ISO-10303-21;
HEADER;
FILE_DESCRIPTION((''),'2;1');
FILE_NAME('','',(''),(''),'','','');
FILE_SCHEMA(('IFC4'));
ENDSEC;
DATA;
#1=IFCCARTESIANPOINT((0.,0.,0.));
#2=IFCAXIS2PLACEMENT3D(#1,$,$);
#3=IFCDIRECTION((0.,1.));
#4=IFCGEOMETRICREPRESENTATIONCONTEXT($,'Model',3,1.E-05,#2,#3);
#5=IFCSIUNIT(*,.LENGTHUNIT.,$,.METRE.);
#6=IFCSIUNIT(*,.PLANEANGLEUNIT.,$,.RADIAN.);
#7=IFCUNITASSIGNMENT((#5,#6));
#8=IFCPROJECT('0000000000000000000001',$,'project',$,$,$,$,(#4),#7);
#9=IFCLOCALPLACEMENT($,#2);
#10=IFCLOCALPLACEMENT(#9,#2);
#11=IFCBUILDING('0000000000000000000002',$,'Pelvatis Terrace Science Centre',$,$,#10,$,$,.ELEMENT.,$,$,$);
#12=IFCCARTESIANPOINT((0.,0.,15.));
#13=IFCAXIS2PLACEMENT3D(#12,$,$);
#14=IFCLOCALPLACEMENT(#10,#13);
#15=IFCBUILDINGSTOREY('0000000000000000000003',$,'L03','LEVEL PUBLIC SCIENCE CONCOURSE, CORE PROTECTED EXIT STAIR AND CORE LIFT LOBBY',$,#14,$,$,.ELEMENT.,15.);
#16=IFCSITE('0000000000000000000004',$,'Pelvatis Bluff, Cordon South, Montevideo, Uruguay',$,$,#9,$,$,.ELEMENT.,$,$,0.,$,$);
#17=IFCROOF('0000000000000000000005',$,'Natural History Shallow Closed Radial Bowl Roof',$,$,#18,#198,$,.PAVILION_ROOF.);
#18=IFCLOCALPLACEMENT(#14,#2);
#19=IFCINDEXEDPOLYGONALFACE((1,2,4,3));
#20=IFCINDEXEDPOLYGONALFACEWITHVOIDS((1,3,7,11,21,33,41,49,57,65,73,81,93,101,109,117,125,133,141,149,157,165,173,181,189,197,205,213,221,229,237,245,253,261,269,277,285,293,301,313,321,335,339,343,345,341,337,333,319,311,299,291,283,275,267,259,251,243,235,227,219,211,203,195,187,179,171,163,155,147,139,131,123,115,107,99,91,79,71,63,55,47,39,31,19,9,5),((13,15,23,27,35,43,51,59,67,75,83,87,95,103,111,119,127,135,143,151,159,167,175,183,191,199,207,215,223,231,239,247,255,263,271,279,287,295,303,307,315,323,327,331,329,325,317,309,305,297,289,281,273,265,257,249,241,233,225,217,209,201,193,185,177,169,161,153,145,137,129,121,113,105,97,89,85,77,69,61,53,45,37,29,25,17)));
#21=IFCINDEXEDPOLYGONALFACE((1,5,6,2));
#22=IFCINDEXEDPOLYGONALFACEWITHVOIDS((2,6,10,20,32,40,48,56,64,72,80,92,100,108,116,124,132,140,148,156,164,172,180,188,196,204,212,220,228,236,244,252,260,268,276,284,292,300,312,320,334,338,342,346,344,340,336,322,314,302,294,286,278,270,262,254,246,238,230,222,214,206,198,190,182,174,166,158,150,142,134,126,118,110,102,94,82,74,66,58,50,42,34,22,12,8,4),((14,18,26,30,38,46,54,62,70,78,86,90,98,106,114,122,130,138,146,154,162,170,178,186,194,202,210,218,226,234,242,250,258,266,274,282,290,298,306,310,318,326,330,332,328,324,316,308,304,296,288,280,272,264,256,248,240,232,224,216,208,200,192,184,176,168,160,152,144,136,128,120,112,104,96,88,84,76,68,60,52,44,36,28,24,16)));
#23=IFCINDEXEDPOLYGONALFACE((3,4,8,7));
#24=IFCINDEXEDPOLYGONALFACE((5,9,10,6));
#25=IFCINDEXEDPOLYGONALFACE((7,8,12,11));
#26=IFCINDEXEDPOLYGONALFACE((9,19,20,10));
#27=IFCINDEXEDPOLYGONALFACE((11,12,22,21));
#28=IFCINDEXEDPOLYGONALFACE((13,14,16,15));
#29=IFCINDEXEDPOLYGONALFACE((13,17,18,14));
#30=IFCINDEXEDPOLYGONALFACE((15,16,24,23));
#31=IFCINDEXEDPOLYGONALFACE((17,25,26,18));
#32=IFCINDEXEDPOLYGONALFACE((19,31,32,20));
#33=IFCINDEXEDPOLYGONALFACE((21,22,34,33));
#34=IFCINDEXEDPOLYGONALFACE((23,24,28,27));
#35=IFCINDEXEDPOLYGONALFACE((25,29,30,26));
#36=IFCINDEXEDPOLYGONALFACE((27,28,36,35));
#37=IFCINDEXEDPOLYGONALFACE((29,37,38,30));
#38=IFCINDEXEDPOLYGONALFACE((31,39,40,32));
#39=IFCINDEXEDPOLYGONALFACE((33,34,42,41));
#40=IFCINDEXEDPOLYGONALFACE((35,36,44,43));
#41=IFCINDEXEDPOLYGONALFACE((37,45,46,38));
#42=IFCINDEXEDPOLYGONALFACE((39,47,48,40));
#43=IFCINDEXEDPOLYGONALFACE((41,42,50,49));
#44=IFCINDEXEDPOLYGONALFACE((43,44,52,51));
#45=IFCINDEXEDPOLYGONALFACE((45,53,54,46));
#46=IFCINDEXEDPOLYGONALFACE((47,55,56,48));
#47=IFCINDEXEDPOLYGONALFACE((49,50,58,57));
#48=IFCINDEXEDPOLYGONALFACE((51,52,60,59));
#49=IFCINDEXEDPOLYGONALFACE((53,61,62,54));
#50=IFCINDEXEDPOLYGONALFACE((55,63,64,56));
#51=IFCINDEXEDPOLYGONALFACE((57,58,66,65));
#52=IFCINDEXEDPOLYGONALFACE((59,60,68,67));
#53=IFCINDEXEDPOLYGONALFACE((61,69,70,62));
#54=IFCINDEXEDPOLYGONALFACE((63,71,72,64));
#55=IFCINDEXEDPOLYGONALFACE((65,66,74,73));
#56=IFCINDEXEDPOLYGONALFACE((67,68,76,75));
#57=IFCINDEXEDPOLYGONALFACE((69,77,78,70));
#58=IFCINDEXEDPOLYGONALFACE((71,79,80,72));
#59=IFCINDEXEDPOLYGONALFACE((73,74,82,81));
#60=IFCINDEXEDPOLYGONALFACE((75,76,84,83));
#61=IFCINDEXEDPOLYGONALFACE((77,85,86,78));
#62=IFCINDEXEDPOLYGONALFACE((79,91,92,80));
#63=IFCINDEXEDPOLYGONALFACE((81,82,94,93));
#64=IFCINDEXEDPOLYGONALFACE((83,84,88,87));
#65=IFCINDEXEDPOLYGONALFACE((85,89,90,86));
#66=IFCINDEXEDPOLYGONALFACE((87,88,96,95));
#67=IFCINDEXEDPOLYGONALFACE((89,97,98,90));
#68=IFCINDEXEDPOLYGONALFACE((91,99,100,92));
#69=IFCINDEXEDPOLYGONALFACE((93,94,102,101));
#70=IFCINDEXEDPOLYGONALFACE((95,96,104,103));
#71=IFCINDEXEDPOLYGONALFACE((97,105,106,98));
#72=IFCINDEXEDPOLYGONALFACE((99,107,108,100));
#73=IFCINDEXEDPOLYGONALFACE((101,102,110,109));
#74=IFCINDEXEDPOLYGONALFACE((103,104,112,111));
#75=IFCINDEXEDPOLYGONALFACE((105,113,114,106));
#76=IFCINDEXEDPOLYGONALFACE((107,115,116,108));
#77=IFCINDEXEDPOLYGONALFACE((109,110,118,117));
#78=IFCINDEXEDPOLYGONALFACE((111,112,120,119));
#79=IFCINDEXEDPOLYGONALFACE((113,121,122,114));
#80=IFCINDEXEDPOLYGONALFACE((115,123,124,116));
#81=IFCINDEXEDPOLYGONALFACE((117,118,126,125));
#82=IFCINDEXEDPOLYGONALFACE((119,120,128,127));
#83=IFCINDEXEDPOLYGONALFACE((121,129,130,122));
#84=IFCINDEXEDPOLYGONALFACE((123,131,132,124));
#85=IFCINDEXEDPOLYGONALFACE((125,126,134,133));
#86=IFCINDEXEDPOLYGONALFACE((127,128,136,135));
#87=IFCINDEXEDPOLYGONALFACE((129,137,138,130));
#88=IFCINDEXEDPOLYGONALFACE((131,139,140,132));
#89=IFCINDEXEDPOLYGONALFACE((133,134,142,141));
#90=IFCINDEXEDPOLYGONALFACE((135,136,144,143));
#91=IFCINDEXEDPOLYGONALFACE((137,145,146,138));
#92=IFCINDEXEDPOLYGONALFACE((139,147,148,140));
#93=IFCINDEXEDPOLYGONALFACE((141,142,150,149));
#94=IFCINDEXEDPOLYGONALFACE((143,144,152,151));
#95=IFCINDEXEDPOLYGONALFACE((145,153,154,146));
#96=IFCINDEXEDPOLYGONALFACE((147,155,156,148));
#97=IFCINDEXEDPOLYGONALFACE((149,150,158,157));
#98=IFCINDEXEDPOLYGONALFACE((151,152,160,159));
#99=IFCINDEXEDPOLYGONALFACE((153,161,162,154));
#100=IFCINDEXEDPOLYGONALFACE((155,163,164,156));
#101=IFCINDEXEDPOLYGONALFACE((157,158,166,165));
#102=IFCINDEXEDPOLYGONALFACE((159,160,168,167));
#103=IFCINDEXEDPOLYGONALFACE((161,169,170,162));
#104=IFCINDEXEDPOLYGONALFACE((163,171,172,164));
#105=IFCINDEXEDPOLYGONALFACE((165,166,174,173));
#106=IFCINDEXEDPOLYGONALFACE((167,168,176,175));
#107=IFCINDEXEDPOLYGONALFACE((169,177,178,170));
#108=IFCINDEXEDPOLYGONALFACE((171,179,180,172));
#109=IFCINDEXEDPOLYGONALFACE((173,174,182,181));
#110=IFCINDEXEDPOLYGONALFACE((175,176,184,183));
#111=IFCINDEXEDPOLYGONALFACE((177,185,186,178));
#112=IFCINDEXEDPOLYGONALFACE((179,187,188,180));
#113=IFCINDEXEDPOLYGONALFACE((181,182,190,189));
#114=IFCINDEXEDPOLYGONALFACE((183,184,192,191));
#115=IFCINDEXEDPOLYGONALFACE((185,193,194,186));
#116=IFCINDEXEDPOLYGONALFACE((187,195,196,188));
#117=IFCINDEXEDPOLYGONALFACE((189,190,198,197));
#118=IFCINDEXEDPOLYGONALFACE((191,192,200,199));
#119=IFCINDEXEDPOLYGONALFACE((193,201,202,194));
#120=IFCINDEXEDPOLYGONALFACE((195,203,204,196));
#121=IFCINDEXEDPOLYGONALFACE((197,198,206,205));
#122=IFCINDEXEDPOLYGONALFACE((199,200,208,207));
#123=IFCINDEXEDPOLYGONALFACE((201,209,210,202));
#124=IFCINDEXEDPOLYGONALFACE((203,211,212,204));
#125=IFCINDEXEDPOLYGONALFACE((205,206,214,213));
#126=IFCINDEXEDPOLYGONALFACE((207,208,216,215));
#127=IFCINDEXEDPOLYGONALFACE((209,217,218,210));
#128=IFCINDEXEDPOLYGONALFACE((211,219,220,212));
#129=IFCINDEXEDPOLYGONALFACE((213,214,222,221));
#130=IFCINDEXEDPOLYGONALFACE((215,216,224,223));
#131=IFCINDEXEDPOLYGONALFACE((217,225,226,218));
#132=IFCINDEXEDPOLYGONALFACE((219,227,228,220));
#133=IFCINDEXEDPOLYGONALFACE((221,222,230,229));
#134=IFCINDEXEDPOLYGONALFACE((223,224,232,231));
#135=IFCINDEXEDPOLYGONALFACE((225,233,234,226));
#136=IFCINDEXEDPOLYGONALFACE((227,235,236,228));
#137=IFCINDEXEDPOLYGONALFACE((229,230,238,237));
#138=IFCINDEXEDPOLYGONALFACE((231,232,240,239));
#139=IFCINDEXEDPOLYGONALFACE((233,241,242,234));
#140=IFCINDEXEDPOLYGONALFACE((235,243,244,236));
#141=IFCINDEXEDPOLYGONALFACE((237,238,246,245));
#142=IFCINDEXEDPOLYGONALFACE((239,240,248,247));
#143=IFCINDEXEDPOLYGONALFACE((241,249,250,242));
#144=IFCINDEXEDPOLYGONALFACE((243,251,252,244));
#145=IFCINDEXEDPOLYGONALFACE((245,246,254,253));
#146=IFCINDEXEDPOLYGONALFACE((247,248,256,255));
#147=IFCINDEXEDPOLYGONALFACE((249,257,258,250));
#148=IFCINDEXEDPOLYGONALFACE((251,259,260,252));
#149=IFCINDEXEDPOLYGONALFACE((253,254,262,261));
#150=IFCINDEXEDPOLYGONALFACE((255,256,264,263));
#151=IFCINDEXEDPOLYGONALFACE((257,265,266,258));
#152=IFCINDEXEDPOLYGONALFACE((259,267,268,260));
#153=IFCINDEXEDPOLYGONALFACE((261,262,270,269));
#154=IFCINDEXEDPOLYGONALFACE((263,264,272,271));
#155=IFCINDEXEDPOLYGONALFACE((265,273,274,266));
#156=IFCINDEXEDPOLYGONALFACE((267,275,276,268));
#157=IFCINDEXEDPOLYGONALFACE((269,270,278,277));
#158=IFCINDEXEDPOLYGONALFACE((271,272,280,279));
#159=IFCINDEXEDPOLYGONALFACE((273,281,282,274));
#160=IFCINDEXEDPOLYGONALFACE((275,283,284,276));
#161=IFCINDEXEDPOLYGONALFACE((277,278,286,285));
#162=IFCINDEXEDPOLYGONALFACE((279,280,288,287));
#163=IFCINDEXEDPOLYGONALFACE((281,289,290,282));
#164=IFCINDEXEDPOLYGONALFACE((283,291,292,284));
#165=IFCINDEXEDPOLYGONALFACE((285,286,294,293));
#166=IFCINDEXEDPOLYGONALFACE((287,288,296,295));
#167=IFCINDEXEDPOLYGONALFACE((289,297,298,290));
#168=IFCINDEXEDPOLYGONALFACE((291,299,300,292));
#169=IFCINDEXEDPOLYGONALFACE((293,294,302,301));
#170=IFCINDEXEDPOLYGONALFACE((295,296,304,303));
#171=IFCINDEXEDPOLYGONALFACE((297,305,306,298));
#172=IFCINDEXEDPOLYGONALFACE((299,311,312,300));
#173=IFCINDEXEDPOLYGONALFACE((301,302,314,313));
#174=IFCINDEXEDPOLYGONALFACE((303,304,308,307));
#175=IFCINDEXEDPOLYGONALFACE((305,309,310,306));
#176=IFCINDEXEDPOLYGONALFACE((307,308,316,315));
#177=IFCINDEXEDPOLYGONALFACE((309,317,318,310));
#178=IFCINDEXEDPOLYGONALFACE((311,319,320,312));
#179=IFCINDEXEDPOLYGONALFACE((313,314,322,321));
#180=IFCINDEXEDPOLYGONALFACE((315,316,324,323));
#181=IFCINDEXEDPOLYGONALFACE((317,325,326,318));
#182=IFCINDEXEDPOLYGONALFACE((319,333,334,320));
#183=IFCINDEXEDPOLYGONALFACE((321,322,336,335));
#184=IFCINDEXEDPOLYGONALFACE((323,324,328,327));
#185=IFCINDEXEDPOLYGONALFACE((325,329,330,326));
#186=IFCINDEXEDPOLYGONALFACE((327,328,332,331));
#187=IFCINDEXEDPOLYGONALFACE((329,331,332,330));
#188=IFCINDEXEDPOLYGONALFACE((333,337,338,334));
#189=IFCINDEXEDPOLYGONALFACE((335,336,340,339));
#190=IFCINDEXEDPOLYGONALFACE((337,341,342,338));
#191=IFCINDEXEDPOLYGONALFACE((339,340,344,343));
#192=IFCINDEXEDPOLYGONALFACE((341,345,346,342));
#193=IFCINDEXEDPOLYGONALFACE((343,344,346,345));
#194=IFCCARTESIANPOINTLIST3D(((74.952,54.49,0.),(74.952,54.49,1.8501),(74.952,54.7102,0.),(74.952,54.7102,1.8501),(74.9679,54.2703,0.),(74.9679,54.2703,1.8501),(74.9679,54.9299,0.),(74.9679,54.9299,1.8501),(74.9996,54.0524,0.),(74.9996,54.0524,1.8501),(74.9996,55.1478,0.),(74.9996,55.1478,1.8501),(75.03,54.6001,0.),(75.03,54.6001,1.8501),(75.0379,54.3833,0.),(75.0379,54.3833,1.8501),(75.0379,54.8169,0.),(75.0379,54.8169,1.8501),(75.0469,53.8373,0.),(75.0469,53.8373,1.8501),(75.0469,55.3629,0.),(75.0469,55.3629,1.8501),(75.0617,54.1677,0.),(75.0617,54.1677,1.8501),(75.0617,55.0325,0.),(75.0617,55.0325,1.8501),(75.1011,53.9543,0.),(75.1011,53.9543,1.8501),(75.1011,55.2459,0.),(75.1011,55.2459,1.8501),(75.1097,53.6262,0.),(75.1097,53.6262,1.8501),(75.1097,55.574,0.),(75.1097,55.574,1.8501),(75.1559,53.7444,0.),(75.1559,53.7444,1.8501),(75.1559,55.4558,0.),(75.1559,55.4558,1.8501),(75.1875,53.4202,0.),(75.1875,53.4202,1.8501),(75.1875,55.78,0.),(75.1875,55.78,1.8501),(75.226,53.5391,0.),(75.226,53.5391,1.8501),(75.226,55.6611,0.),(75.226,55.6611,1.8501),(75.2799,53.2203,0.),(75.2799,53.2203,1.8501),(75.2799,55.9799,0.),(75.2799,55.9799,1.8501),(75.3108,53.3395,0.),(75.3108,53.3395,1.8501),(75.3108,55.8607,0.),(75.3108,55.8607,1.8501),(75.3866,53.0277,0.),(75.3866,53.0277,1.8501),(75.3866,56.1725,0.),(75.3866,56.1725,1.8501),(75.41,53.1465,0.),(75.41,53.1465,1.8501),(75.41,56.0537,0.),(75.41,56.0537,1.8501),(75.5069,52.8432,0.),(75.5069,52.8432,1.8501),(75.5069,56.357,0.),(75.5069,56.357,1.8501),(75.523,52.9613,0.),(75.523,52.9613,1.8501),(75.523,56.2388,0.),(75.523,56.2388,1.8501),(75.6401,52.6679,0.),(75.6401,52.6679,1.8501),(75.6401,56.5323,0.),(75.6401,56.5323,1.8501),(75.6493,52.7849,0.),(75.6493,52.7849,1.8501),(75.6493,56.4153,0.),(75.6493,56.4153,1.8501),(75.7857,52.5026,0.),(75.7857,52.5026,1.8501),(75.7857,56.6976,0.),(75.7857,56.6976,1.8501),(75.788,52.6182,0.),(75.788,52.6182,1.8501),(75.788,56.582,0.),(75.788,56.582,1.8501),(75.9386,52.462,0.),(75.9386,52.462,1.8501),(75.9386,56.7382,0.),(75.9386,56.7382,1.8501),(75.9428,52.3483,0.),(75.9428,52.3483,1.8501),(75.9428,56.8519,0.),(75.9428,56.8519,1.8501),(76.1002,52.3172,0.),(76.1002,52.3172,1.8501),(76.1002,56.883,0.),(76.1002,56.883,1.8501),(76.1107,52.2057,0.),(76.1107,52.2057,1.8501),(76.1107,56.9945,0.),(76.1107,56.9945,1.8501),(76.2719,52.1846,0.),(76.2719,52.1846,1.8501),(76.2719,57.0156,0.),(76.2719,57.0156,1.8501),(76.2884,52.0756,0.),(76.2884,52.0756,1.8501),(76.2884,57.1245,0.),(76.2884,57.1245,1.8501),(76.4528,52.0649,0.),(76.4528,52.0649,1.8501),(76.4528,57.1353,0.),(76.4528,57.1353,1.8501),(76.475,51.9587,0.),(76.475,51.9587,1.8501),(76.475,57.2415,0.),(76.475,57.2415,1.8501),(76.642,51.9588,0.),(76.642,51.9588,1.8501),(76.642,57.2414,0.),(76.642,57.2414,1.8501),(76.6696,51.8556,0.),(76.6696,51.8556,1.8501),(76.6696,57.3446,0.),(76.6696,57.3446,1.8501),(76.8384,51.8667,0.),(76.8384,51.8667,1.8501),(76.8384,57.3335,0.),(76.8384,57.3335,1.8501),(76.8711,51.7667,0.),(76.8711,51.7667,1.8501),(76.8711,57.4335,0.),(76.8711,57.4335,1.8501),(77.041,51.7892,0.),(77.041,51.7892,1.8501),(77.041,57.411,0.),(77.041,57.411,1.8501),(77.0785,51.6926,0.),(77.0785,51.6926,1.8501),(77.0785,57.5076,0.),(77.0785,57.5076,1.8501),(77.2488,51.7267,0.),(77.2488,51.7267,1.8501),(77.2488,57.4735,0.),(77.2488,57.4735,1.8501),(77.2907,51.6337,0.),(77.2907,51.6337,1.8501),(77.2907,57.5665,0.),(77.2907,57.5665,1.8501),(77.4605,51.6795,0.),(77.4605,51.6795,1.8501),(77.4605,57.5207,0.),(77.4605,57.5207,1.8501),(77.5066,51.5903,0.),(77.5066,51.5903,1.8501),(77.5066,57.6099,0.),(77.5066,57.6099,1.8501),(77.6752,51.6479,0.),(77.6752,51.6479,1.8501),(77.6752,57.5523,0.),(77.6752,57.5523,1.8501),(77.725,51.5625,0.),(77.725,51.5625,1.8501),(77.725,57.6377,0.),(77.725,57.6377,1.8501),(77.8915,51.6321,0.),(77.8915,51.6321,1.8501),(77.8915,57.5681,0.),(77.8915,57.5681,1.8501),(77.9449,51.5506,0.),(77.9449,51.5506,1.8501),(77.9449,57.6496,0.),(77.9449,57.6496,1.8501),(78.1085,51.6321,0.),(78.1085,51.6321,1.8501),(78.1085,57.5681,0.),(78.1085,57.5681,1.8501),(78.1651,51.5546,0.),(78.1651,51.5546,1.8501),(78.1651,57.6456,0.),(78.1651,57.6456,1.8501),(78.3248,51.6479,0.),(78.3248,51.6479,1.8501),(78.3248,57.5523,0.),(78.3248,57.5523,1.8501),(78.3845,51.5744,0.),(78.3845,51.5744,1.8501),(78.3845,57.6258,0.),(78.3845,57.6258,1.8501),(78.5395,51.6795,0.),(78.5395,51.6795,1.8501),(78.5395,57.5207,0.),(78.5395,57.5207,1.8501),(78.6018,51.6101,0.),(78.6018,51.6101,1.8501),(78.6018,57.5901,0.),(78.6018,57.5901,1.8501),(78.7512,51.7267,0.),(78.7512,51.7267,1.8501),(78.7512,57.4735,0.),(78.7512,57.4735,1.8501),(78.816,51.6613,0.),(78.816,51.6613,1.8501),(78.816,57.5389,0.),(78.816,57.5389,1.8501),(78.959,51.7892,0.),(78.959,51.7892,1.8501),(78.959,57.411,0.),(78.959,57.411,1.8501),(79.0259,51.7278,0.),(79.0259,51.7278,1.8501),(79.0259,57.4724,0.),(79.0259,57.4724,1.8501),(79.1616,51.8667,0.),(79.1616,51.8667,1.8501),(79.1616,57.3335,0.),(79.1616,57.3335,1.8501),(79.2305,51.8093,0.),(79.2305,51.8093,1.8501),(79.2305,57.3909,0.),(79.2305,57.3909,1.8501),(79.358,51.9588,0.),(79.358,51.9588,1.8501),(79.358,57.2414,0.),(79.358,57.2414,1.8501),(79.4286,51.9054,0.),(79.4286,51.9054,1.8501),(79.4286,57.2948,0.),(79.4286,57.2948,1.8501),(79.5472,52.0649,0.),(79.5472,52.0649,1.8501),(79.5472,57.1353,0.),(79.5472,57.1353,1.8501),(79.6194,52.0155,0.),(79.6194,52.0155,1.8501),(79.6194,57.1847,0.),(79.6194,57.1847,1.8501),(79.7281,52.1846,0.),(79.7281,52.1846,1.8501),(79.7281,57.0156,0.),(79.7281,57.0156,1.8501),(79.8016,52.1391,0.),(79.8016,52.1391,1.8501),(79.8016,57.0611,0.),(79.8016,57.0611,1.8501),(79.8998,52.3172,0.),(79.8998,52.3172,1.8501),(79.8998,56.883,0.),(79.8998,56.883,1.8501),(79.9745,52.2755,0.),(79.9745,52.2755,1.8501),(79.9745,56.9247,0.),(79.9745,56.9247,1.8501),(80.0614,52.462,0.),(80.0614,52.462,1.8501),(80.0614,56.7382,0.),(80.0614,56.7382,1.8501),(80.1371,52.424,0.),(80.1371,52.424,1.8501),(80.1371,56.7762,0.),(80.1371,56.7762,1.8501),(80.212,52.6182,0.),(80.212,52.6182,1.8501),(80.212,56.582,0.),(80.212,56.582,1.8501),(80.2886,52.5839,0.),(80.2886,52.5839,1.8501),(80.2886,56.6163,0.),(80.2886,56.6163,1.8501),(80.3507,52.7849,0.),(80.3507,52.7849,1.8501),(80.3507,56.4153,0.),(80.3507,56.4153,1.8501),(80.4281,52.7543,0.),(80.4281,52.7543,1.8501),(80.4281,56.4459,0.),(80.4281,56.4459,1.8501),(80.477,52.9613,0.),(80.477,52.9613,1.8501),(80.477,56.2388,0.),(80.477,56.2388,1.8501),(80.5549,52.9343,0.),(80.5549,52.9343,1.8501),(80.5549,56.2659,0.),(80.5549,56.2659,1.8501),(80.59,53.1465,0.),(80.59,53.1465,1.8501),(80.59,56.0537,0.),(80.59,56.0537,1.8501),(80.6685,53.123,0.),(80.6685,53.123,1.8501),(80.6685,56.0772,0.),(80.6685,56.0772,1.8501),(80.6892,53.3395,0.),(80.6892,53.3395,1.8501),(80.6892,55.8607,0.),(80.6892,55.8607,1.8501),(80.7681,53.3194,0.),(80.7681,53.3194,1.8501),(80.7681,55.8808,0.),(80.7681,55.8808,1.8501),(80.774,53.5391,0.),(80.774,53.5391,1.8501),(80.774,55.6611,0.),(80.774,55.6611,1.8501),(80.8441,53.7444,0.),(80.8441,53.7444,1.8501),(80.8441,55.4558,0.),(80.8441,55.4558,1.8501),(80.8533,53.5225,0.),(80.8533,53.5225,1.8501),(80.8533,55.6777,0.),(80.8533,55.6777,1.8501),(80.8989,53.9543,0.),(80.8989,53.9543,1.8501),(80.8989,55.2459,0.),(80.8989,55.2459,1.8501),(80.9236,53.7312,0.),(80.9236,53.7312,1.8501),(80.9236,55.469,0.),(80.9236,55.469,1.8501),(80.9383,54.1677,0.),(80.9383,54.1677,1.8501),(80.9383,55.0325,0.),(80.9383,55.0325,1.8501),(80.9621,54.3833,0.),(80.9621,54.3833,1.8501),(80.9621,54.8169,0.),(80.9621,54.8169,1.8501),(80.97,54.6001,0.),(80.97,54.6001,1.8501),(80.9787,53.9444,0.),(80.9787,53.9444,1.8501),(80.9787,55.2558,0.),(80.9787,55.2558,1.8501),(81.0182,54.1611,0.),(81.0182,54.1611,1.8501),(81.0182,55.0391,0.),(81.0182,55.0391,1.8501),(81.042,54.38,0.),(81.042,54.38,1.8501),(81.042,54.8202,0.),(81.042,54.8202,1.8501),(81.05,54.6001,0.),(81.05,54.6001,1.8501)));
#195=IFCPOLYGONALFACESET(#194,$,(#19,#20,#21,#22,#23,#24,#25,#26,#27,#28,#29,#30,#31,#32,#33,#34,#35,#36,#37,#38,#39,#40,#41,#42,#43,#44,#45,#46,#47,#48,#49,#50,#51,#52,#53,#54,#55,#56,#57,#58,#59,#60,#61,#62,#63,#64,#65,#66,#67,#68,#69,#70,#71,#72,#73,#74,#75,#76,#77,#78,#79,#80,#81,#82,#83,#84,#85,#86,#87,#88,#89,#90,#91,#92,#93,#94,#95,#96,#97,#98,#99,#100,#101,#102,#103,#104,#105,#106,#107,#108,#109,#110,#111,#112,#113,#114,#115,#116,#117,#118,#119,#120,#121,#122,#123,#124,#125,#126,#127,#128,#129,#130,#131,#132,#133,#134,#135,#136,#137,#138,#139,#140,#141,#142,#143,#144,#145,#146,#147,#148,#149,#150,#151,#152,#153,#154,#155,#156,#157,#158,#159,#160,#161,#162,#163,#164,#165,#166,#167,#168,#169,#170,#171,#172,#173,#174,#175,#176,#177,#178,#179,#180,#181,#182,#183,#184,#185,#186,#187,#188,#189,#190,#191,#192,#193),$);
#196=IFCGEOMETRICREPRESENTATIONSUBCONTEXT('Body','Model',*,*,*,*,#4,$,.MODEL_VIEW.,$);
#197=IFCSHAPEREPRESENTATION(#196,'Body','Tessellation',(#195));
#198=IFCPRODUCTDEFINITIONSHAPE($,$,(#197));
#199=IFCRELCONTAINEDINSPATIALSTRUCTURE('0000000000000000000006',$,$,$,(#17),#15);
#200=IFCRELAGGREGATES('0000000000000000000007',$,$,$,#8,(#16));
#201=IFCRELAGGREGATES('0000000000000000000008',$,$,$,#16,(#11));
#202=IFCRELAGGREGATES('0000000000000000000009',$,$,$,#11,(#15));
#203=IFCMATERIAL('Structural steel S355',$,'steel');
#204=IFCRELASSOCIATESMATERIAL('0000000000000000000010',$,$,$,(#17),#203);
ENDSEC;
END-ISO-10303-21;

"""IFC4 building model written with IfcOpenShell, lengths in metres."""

from ifc_helpers import new_model, si_unit, direction, frame, origin, origin_2d, place, context, subcontext, project, spatial, hollow_circle, extrude, material, element, save


model = new_model("IFC4")

# Units and contexts
model_context = context("Model", 3, precision=1e-05, world=origin(), true_north=direction((0.0, 1.0)))
body_context = subcontext(model_context, "Body", "Model", "MODEL_VIEW")
ifc_project = project(units=[si_unit("LENGTHUNIT", "METRE"), si_unit("PLANEANGLEUNIT", "RADIAN")], contexts=[model_context])

# Site, building, storey
site_placement = place(None, origin())
site = spatial("IfcSite", under=ifc_project, at=site_placement, Name="Pelvatis Bluff, Cordon South, Montevideo, Uruguay", CompositionType="ELEMENT", RefElevation=0.0)
building_placement = place(site_placement, origin())
building = spatial("IfcBuilding", under=site, at=building_placement, Name="Pelvatis Terrace Science Centre", CompositionType="ELEMENT")
storey_placement = place(building_placement, frame((0.0, 0.0, 15.0)))
storey = spatial("IfcBuildingStorey", under=building, at=storey_placement, Name="L03", Description="LEVEL PUBLIC SCIENCE CONCOURSE, CORE PROTECTED EXIT STAIR AND CORE LIFT LOBBY", CompositionType="ELEMENT", Elevation=15.0)

# Roof
ifc_material_1 = material(Name="Structural steel S355", Category="steel")
roof_placement = place(storey_placement, frame((78.0, 54.6001, 0.0)))
element("IfcRoof", 1, at=roof_placement, inside=storey, material=ifc_material_1, Name="Natural History Shallow Closed Radial Bowl Roof", PredefinedType="PAVILION_ROOF", context=body_context, shape_type="SweptSolid", body=[
    extrude(hollow_circle(Radius=3.05, WallThickness=0.08, at=origin_2d()), origin(), (0.0, 0.0, 1.0), 1.8501),
])

save(model, "model.ifc")
